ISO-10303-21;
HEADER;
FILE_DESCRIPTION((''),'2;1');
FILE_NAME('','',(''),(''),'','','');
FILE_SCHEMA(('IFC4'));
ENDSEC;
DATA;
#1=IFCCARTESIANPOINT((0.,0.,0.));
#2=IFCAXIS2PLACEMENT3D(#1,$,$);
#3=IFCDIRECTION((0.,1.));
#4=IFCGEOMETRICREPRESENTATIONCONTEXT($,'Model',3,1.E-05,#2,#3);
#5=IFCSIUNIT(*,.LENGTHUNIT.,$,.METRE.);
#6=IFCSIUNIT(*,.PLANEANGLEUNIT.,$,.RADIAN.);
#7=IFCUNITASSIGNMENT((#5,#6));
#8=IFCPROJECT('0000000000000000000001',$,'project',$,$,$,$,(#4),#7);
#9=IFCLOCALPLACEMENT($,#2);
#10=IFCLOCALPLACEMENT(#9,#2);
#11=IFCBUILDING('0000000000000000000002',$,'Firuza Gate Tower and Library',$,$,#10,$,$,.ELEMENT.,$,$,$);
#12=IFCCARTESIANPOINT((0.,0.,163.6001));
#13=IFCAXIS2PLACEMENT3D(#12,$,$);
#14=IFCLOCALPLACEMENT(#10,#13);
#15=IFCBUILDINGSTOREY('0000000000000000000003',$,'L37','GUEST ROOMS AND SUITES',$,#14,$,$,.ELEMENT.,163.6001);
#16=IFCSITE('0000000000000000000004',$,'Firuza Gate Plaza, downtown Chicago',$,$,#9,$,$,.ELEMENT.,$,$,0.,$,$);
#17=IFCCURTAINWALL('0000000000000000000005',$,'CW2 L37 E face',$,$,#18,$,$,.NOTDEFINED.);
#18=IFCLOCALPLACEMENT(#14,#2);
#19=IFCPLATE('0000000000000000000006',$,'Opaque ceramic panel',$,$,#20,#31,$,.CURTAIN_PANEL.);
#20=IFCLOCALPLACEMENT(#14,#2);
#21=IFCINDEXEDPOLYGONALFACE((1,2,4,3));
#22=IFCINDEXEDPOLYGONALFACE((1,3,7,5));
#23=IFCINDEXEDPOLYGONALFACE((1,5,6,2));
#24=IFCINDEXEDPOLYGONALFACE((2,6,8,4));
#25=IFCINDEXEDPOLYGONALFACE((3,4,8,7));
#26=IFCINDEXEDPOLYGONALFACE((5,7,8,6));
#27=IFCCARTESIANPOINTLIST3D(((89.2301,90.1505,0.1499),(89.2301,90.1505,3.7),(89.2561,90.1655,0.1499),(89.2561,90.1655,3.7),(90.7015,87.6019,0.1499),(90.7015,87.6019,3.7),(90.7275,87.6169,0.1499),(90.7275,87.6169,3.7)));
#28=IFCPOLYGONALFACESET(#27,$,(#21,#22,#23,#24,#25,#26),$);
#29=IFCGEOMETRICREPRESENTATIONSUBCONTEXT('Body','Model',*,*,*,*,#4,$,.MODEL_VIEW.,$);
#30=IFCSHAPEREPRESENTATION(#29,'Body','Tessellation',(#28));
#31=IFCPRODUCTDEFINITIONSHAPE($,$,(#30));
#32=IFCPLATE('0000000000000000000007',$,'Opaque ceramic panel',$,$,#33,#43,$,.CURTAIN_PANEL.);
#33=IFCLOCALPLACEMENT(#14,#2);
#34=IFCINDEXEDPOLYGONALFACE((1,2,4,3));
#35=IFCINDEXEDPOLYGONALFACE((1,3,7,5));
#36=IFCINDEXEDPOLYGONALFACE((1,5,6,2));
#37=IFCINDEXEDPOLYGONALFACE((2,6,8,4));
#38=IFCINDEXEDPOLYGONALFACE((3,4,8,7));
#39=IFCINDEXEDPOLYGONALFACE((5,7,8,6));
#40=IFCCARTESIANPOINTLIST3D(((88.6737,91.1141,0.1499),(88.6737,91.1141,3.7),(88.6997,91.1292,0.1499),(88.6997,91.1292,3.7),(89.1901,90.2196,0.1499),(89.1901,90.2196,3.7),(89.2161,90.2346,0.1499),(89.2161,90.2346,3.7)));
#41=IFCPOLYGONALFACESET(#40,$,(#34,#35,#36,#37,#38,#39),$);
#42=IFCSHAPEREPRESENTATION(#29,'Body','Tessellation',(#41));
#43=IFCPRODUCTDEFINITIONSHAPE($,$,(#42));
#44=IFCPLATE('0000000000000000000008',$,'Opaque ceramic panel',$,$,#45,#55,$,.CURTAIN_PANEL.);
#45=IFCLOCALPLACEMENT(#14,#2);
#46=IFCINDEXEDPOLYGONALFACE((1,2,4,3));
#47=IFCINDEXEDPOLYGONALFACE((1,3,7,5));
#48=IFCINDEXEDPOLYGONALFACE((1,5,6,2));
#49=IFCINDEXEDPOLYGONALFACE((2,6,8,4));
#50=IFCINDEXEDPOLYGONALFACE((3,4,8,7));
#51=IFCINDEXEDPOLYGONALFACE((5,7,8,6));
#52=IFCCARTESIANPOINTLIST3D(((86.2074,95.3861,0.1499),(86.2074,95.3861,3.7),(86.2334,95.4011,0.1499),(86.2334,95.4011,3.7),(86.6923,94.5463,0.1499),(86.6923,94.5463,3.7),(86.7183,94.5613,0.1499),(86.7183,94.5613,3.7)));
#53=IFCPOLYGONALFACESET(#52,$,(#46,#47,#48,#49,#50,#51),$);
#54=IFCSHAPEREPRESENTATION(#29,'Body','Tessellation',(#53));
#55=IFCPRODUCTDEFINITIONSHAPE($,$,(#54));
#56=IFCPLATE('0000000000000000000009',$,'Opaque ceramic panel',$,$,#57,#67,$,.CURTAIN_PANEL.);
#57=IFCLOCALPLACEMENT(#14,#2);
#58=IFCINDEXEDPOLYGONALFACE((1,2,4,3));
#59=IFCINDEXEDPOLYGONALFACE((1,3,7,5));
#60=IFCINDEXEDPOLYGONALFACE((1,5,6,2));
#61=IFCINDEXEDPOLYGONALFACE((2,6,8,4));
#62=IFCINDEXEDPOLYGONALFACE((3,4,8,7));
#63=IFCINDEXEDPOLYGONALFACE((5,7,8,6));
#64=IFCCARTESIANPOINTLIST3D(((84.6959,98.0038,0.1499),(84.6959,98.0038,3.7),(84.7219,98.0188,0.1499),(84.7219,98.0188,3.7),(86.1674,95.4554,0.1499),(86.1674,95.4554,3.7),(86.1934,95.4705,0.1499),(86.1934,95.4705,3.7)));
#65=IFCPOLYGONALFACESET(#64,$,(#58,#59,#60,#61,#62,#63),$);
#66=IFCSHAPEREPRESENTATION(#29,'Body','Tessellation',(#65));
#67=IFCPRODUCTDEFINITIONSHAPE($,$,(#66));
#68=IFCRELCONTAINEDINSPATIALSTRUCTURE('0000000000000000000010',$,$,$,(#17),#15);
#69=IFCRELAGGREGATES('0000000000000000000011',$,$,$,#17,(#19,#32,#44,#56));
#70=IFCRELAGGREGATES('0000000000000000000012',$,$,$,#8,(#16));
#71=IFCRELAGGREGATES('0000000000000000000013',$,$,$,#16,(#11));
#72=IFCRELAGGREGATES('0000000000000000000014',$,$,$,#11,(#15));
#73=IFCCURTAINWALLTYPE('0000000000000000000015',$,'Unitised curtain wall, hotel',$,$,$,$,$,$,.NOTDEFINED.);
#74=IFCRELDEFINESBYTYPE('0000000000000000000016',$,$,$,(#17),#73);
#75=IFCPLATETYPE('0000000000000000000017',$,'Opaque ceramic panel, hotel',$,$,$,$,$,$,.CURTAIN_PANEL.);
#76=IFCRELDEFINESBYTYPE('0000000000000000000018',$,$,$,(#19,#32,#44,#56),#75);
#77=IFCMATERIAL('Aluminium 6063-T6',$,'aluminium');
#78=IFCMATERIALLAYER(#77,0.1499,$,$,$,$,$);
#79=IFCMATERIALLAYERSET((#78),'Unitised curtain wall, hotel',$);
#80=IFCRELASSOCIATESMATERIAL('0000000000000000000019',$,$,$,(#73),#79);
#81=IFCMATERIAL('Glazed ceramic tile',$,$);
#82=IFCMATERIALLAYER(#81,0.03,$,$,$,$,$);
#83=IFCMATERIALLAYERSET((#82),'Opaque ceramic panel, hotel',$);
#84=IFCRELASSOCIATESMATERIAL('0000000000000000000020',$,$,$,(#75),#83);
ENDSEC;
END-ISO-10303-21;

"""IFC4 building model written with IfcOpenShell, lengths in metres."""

from ifc_helpers import new_model, si_unit, direction, frame, origin, place, context, subcontext, project, spatial, polyline, outline, extrude, material, layer, layer_set, type_object, element, aggregate, save


model = new_model("IFC4")

# Units and contexts
model_context = context("Model", 3, precision=1e-05, world=origin(), true_north=direction((0.0, 1.0)))
body_context = subcontext(model_context, "Body", "Model", "MODEL_VIEW")
ifc_project = project(units=[si_unit("LENGTHUNIT", "METRE"), si_unit("PLANEANGLEUNIT", "RADIAN")], contexts=[model_context])

# Site, building, storey
site_placement = place(None, origin())
site = spatial("IfcSite", under=ifc_project, at=site_placement, Name="Firuza Gate Plaza, downtown Chicago", CompositionType="ELEMENT", RefElevation=0.0)
building_placement = place(site_placement, origin())
building = spatial("IfcBuilding", under=site, at=building_placement, Name="Firuza Gate Tower and Library", CompositionType="ELEMENT")
storey_placement = place(building_placement, frame((0.0, 0.0, 163.6001)))
storey = spatial("IfcBuildingStorey", under=building, at=storey_placement, Name="L37", Description="GUEST ROOMS AND SUITES", CompositionType="ELEMENT", Elevation=163.6001)

# Curtain wall
ifc_material_1 = material(Name="Aluminium 6063-T6", Category="aluminium")
ifc_layer_1 = layer(ifc_material_1, 0.1499)
ifc_layer_set_1 = layer_set([ifc_layer_1], Name="Unitised curtain wall, hotel")
curtain_wall_type = type_object("IfcCurtainWallType", Name="Unitised curtain wall, hotel", PredefinedType="NOTDEFINED", material=ifc_layer_set_1)
curtain_wall_placement = place(storey_placement, origin())
curtain_wall = element("IfcCurtainWall", 1, at=curtain_wall_placement, inside=storey, type_object=curtain_wall_type, Name="CW2 L37 E face", PredefinedType="NOTDEFINED")

# Plates
ifc_material_2 = material(Name="Glazed ceramic tile")
ifc_layer_2 = layer(ifc_material_2, 0.03)
ifc_layer_set_2 = layer_set([ifc_layer_2], Name="Opaque ceramic panel, hotel")
plate_type_1 = type_object("IfcPlateType", Name="Opaque ceramic panel, hotel", PredefinedType="CURTAIN_PANEL", material=ifc_layer_set_2)
plate_1_placement = place(storey_placement, frame((90.7275, 87.6169, 0.1499), z_axis=(0.866024, 0.500003, 0.0), x_axis=(-0.500003, 0.866024, 0.0)))
plate_1 = element("IfcPlate", 2, at=plate_1_placement, type_object=plate_type_1, Name="Opaque ceramic panel", PredefinedType="CURTAIN_PANEL", context=body_context, shape_type="SweptSolid", body=[
    extrude(outline(polyline([(0.0, 0.0), (2.9429, 0.0), (2.9429, 3.55), (0.0, 3.55), (0.0, 0.0)])), origin(), (0.0, 0.0, -1.0), 0.03),
])
plate_2_placement = place(storey_placement, frame((89.2161, 90.2346, 0.1499), z_axis=(0.866068, 0.499927, 0.0), x_axis=(-0.499927, 0.866068, 0.0)))
plate_2 = element("IfcPlate", 3, at=plate_2_placement, type_object=plate_type_1, Name="Opaque ceramic panel", PredefinedType="CURTAIN_PANEL", context=body_context, shape_type="SweptSolid", body=[
    extrude(outline(polyline([(0.0, 0.0), (1.0329, 0.0), (1.0329, 3.55), (0.0, 3.55), (0.0, 0.0)])), origin(), (0.0, 0.0, -1.0), 0.03),
])
plate_3_placement = place(storey_placement, frame((86.7183, 94.5613, 0.1499), z_axis=(0.866035, 0.499984, 0.0), x_axis=(-0.499984, 0.866035, 0.0)))
plate_3 = element("IfcPlate", 4, at=plate_3_placement, type_object=plate_type_1, Name="Opaque ceramic panel", PredefinedType="CURTAIN_PANEL", context=body_context, shape_type="SweptSolid", body=[
    extrude(outline(polyline([(0.0, 0.0), (0.9698, 0.0), (0.9698, 3.55), (0.0, 3.55), (0.0, 0.0)])), origin(), (0.0, 0.0, -1.0), 0.03),
])
plate_4_placement = place(storey_placement, frame((86.1934, 95.4705, 0.1499), z_axis=(0.866003, 0.500038, 0.0), x_axis=(-0.500038, 0.866003, 0.0)))
plate_4 = element("IfcPlate", 5, at=plate_4_placement, type_object=plate_type_1, Name="Opaque ceramic panel", PredefinedType="CURTAIN_PANEL", context=body_context, shape_type="SweptSolid", body=[
    extrude(outline(polyline([(0.0, 0.0), (2.9426, 0.0), (2.9426, 3.55), (0.0, 3.55), (0.0, 0.0)])), origin(), (0.0, 0.0, -1.0), 0.03),
])
aggregate(curtain_wall, [plate_1, plate_2, plate_3, plate_4])

save(model, "model.ifc")
